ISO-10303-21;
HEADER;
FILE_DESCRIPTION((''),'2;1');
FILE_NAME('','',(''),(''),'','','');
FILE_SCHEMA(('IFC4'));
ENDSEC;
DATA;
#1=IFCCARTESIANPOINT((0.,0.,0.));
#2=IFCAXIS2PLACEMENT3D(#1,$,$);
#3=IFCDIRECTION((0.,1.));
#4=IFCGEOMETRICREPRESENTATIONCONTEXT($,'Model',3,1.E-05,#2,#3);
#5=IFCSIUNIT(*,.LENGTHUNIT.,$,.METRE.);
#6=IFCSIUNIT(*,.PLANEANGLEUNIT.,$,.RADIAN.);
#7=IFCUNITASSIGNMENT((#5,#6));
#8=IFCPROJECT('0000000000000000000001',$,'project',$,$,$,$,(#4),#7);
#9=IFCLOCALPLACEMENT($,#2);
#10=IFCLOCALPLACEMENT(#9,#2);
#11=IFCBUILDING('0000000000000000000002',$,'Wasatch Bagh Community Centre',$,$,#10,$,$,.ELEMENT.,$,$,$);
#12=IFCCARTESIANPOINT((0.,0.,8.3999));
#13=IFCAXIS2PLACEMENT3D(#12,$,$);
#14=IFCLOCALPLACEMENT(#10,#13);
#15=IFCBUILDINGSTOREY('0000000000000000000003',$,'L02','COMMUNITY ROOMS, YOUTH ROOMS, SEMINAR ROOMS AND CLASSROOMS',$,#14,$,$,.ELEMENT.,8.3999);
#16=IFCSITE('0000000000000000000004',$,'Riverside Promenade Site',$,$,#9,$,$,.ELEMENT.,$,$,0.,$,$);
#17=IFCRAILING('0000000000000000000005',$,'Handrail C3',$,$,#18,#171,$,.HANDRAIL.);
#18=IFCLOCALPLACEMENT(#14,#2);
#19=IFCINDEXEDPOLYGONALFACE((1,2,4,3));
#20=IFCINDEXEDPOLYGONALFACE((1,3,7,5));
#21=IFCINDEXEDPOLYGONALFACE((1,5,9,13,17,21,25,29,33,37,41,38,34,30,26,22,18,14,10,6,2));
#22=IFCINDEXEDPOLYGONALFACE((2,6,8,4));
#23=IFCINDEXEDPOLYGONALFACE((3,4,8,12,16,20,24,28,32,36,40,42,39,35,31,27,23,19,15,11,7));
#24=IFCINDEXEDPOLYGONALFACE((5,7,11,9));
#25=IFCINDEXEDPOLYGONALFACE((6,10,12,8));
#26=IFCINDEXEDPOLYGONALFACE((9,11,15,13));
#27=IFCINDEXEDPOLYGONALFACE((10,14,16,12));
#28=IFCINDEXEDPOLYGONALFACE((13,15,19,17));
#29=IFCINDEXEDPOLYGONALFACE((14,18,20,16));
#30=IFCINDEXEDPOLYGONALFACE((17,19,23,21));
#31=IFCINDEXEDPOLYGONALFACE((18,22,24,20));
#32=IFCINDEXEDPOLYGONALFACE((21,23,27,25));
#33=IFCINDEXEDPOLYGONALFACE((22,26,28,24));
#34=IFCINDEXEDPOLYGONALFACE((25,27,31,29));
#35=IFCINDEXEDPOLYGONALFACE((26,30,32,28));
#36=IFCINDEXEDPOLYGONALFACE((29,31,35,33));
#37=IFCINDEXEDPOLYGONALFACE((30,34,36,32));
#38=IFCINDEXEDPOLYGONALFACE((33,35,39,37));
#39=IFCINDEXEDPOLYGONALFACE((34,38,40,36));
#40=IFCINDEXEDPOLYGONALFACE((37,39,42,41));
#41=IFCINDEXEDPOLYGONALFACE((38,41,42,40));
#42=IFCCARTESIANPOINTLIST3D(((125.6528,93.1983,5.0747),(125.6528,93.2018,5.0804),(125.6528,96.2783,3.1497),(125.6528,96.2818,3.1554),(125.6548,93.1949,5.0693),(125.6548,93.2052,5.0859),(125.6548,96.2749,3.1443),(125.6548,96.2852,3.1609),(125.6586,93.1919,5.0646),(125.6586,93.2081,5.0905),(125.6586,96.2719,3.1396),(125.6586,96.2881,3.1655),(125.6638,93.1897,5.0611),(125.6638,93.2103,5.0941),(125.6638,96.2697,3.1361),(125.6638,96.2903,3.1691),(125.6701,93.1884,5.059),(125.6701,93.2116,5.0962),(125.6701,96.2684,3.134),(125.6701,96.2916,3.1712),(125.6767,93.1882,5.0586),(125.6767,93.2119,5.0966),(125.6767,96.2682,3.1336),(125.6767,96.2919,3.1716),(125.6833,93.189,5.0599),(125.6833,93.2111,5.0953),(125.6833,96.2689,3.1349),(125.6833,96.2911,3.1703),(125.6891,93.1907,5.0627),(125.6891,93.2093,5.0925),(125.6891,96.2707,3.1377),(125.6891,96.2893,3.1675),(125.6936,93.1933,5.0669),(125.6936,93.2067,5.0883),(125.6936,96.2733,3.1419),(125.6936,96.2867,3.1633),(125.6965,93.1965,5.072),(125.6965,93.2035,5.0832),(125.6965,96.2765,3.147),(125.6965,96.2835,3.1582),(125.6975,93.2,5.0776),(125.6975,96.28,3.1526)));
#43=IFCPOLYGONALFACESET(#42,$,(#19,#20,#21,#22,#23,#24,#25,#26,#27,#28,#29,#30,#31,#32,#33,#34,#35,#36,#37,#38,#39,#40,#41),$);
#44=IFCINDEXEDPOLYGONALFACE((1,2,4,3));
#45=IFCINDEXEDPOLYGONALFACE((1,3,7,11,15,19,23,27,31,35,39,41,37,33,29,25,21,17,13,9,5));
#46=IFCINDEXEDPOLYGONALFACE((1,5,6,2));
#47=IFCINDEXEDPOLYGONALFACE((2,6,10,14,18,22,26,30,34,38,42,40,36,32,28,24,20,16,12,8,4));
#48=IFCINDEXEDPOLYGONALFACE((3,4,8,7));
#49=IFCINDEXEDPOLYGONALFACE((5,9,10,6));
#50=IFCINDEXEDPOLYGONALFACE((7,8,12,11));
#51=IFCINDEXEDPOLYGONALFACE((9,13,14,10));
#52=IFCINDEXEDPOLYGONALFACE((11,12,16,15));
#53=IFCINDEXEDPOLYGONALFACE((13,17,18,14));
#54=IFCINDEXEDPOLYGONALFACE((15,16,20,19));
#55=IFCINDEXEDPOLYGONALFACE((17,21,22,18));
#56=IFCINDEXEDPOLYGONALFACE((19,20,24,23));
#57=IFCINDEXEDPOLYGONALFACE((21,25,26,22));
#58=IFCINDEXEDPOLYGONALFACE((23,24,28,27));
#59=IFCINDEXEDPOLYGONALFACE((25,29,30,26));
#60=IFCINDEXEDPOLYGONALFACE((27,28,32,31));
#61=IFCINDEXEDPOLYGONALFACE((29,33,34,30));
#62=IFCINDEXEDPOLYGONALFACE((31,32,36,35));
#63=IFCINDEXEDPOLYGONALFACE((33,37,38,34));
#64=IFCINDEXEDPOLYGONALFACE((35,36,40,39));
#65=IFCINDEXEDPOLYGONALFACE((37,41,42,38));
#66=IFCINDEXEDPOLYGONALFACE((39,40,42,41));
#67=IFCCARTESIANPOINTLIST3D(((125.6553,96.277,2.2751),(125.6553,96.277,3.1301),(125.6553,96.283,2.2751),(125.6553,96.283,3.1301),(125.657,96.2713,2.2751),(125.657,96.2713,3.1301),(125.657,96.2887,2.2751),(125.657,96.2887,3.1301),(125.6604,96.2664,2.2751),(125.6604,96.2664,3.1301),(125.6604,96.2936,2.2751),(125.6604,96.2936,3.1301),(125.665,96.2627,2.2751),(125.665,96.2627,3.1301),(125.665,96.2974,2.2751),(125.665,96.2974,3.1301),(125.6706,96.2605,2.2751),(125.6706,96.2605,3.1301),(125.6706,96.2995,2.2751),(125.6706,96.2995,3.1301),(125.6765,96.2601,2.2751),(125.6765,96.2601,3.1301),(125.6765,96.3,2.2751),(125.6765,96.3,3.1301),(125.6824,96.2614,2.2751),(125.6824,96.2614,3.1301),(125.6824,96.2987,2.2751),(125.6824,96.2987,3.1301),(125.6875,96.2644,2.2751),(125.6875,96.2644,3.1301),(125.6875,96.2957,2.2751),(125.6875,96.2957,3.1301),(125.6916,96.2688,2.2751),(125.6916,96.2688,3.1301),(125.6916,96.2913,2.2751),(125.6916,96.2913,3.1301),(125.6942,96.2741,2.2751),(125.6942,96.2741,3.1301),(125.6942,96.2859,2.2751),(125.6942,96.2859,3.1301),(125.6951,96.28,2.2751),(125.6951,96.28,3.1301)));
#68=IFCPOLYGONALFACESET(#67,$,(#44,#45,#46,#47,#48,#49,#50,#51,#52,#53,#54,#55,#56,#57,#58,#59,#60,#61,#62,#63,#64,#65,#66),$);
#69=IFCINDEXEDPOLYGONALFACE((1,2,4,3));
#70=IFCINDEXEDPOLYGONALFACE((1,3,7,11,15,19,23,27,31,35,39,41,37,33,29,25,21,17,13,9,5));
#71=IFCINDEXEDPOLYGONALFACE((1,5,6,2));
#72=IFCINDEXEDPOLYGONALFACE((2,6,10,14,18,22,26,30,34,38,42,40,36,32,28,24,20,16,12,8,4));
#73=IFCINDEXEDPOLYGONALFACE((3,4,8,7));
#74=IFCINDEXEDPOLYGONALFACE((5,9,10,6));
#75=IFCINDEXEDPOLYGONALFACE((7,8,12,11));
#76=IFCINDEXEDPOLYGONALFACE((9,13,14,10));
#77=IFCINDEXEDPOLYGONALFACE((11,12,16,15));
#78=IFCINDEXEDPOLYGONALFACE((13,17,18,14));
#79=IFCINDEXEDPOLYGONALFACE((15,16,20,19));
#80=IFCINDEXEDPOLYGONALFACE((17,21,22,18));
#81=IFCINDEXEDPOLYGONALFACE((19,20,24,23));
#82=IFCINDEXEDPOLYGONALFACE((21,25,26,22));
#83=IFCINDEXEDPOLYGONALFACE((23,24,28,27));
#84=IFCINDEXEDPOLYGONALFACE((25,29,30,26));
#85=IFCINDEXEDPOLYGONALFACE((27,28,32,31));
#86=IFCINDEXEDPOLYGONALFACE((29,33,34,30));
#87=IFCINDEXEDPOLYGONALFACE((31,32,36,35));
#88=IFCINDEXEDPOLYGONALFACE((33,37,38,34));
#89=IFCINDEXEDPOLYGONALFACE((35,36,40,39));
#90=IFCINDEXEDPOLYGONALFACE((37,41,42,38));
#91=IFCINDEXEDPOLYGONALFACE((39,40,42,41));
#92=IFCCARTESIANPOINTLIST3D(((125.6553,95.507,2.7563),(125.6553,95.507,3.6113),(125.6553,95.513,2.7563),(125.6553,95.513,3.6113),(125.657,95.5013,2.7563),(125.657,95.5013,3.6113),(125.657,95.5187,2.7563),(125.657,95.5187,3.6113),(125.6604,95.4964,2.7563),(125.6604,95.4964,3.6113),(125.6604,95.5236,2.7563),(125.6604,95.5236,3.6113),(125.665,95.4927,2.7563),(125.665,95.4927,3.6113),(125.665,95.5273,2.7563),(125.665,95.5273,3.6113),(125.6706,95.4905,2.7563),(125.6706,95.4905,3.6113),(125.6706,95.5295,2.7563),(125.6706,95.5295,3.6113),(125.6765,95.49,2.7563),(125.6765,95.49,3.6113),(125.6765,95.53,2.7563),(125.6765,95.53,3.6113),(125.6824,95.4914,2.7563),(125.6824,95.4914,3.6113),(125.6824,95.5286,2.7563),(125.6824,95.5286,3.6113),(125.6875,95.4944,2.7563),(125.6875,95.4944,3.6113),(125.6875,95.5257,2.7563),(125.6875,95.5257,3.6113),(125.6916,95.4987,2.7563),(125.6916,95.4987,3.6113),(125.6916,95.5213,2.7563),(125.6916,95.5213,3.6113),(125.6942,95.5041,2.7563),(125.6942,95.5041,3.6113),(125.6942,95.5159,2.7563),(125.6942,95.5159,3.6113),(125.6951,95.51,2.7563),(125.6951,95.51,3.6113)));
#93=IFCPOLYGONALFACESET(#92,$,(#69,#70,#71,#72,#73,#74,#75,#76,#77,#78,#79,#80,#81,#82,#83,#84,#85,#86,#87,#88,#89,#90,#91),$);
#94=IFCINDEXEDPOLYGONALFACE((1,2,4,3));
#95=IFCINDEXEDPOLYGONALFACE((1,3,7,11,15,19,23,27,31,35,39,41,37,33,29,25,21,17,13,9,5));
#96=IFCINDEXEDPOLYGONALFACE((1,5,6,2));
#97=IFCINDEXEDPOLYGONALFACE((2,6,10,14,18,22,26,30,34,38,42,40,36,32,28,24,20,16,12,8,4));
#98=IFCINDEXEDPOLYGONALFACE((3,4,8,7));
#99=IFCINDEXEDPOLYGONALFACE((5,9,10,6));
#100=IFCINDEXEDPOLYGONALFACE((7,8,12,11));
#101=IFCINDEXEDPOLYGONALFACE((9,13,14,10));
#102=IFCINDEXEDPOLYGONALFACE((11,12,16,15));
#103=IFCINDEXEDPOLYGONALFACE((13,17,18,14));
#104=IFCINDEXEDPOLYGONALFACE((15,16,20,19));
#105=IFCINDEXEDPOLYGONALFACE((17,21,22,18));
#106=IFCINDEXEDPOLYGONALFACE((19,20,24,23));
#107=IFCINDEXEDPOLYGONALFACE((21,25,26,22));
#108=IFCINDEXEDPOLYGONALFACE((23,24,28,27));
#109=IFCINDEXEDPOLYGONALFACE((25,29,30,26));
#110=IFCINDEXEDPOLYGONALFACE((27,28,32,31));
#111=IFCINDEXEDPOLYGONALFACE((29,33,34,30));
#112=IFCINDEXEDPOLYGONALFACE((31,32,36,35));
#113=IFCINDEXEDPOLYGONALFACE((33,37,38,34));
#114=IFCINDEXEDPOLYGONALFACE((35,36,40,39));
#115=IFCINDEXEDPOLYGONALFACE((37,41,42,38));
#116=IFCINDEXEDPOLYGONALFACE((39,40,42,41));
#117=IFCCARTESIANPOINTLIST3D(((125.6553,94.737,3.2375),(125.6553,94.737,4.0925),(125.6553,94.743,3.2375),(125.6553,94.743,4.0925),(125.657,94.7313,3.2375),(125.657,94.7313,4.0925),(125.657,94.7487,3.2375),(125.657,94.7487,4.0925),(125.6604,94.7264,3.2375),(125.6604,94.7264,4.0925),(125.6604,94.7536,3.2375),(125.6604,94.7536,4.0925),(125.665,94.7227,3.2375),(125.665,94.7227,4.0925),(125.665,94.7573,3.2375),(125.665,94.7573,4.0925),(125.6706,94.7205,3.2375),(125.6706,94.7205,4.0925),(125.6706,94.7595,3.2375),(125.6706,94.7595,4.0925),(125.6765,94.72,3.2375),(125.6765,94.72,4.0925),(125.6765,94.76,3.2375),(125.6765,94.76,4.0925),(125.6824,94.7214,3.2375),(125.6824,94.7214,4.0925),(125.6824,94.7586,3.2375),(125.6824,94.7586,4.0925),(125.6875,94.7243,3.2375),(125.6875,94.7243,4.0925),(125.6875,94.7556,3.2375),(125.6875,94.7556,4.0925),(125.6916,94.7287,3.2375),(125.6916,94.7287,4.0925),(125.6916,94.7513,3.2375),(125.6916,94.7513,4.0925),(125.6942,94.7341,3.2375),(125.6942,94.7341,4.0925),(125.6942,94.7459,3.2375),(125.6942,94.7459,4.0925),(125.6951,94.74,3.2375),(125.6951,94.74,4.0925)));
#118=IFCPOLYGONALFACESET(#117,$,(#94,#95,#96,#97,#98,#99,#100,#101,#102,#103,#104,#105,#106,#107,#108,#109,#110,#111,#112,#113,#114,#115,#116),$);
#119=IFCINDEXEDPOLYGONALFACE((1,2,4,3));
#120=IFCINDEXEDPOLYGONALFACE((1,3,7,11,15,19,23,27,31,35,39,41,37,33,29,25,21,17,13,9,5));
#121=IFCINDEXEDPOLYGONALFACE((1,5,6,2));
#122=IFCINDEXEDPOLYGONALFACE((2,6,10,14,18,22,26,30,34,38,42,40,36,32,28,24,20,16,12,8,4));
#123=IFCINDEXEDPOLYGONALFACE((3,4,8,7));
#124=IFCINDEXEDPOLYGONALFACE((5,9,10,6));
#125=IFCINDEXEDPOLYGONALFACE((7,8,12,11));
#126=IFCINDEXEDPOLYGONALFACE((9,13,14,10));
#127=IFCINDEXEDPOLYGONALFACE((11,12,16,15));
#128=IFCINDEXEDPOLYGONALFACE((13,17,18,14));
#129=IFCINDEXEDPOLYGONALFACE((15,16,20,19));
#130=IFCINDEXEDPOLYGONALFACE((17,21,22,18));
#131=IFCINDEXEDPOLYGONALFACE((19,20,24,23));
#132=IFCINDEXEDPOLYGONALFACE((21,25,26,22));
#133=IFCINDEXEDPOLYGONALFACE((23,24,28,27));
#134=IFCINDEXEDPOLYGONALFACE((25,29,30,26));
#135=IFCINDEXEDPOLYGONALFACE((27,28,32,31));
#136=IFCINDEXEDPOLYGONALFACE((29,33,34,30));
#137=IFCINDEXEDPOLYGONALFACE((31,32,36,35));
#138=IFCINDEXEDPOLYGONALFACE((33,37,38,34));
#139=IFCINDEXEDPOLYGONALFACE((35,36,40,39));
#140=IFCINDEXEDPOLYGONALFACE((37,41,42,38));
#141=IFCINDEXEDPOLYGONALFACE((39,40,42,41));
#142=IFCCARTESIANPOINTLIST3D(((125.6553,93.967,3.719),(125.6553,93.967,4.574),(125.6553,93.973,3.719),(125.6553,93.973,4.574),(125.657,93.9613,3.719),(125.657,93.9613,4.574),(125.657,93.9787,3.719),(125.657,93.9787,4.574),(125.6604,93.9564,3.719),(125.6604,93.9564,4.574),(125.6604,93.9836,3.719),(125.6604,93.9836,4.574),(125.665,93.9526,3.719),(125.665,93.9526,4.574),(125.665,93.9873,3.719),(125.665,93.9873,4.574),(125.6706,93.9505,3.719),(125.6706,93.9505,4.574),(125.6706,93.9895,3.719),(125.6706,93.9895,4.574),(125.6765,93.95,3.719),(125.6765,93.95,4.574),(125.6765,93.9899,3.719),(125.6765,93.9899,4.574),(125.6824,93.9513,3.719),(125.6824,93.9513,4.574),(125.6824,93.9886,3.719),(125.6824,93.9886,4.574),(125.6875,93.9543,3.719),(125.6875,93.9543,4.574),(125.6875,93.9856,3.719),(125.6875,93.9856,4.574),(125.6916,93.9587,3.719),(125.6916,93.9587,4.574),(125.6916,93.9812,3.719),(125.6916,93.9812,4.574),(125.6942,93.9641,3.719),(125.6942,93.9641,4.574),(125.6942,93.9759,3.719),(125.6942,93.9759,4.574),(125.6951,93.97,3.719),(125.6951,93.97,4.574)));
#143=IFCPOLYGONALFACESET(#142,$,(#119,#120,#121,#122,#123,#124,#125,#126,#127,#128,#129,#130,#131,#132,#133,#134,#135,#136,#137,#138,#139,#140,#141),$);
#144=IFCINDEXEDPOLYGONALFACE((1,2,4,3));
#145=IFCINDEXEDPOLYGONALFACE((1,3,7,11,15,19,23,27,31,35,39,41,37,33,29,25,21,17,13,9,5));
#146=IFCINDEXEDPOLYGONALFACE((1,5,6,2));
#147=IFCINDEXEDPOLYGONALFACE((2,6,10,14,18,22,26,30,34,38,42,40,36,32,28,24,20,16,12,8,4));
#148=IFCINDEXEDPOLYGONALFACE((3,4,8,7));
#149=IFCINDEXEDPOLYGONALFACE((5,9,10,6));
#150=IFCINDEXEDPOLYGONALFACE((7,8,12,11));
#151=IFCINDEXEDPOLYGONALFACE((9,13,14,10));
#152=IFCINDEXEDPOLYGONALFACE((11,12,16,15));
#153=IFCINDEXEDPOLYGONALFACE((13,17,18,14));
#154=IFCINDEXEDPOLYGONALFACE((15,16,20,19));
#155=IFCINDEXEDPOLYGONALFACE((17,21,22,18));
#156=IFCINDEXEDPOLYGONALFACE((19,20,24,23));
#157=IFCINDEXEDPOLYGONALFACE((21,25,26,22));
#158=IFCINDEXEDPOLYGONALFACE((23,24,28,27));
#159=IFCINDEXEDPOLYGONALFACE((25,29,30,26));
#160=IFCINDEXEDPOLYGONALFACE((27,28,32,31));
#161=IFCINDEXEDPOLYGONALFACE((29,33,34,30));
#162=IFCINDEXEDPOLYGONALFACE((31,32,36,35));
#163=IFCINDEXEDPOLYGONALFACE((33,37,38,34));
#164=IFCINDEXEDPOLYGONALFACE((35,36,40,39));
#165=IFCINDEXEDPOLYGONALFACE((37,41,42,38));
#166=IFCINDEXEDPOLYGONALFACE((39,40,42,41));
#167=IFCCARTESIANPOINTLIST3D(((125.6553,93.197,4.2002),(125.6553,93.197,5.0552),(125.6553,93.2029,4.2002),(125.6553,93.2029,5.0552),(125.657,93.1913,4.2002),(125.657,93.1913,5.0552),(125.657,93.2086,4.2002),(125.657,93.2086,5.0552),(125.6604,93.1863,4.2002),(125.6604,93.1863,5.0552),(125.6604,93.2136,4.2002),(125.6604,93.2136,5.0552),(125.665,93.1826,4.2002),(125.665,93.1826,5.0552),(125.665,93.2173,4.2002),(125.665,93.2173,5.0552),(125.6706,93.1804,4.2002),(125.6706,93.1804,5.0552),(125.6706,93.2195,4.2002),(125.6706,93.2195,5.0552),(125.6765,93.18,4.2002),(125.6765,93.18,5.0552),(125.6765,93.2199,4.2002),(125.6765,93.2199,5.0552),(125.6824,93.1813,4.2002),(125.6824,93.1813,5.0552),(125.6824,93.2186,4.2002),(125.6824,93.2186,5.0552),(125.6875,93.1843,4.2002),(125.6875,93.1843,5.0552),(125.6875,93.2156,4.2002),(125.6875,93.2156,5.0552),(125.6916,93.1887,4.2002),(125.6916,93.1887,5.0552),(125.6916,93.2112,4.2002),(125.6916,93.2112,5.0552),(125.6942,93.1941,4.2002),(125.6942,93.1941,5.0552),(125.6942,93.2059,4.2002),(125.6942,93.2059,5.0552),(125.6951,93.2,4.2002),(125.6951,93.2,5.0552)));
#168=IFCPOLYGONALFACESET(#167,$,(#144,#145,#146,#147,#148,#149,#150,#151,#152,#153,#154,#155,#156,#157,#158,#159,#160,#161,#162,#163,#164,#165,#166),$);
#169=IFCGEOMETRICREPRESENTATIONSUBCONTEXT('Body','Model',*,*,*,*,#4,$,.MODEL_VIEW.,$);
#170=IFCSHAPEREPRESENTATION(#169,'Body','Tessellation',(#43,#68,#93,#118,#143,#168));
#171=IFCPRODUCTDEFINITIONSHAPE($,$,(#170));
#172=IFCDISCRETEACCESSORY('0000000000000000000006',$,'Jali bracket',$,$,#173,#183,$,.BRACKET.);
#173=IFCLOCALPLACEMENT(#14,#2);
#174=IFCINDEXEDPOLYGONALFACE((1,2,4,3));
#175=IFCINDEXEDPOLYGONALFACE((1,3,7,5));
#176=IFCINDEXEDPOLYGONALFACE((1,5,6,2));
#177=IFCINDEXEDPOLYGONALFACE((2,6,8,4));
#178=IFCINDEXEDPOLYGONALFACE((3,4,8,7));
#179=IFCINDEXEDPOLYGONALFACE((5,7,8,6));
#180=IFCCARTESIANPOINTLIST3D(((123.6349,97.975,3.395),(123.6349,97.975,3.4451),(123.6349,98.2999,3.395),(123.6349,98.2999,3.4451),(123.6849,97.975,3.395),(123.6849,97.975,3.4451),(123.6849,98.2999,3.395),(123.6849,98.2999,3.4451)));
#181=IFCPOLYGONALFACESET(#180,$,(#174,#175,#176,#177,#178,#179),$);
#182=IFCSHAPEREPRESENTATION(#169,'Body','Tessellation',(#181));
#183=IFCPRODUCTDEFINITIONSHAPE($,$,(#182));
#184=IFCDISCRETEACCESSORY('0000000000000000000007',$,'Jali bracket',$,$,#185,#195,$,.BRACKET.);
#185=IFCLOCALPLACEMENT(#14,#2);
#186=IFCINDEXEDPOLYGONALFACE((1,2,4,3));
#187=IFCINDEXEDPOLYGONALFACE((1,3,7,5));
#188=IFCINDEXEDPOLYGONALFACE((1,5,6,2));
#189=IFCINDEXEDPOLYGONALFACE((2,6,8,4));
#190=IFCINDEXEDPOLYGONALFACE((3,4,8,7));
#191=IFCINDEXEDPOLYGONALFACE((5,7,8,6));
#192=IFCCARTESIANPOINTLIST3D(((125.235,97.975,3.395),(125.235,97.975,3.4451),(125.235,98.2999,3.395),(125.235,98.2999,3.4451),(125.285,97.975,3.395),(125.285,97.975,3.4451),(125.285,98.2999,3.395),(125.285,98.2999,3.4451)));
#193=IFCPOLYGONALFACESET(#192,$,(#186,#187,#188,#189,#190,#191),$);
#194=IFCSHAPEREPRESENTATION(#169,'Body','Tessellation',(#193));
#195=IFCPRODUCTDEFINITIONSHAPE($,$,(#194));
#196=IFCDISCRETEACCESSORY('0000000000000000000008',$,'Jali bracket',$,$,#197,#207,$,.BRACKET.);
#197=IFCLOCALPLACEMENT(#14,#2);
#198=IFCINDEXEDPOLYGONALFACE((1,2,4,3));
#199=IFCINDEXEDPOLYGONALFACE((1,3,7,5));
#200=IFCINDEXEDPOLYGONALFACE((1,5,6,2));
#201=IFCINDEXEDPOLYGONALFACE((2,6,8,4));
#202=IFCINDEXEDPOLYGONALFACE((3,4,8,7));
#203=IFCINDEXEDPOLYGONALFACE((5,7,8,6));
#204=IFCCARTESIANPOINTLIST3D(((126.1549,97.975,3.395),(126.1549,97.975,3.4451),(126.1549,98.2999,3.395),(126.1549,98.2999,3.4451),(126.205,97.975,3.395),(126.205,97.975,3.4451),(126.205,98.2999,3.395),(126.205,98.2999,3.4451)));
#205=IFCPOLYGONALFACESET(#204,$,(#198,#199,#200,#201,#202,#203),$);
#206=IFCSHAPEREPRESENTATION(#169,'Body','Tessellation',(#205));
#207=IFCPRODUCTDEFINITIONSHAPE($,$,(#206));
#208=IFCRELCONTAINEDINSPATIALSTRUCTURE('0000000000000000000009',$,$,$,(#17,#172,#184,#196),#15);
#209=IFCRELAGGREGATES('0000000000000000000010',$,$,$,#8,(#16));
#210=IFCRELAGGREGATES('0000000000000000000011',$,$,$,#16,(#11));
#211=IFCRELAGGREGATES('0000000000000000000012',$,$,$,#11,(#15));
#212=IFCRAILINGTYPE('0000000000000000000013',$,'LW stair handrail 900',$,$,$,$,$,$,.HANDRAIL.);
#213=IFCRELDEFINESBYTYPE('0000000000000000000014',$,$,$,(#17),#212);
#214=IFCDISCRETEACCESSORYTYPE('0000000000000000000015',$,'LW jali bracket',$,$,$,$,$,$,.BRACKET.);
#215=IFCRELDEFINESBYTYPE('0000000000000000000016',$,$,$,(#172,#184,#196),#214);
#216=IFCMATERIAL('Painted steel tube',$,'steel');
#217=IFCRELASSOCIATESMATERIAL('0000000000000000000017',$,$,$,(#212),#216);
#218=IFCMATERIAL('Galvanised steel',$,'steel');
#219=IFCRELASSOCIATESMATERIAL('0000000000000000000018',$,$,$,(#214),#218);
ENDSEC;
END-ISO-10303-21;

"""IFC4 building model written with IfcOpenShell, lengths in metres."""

from ifc_helpers import new_model, si_unit, direction, frame, origin, origin_2d, place, context, subcontext, project, spatial, rectangle, circle, extrude, material, type_object, element, save


model = new_model("IFC4")

# Units and contexts
model_context = context("Model", 3, precision=1e-05, world=origin(), true_north=direction((0.0, 1.0)))
body_context = subcontext(model_context, "Body", "Model", "MODEL_VIEW")
ifc_project = project(units=[si_unit("LENGTHUNIT", "METRE"), si_unit("PLANEANGLEUNIT", "RADIAN")], contexts=[model_context])

# Site, building, storey
site_placement = place(None, origin())
site = spatial("IfcSite", under=ifc_project, at=site_placement, Name="Riverside Promenade Site", CompositionType="ELEMENT", RefElevation=0.0)
building_placement = place(site_placement, origin())
building = spatial("IfcBuilding", under=site, at=building_placement, Name="Wasatch Bagh Community Centre", CompositionType="ELEMENT")
storey_placement = place(building_placement, frame((0.0, 0.0, 8.3999)))
storey = spatial("IfcBuildingStorey", under=building, at=storey_placement, Name="L02", Description="COMMUNITY ROOMS, YOUTH ROOMS, SEMINAR ROOMS AND CLASSROOMS", CompositionType="ELEMENT", Elevation=8.3999)

# Railing
ifc_material_1 = material(Name="Painted steel tube", Category="steel")
railing_type_1 = type_object("IfcRailingType", Name="LW stair handrail 900", PredefinedType="HANDRAIL", material=ifc_material_1)
for number, where, name in (
    (1, (125.675, 96.28, 2.2751), "Handrail C3"),
):
    element("IfcRailing", number, at=place(storey_placement, frame(where)), inside=storey, type_object=railing_type_1, Name=name, PredefinedType="HANDRAIL", context=body_context, shape_type="SweptSolid", body=[
        extrude(circle(Radius=0.0225, at=origin_2d()), frame((0.0, 0.0, 0.8774), z_axis=(0.0, -0.847998, 0.529999), x_axis=(1.0, 0.0, 0.0)), (0.0, 0.0, 1.0), 3.6321),
        extrude(circle(Radius=0.02, at=origin_2d()), origin(), (0.0, 0.0, 1.0), 0.855),
        extrude(circle(Radius=0.02, at=origin_2d()), frame((0.0, -0.77, 0.4812)), (0.0, 0.0, 1.0), 0.855),
        extrude(circle(Radius=0.02, at=origin_2d()), frame((0.0, -1.54, 0.9624)), (0.0, 0.0, 1.0), 0.855),
        extrude(circle(Radius=0.02, at=origin_2d()), frame((0.0, -2.3101, 1.4438)), (0.0, 0.0, 1.0), 0.855),
        extrude(circle(Radius=0.02, at=origin_2d()), frame((0.0, -3.0801, 1.925)), (0.0, 0.0, 1.0), 0.855),
    ])

# Discrete accessories
ifc_material_2 = material(Name="Galvanised steel", Category="steel")
discrete_accessory_type = type_object("IfcDiscreteAccessoryType", Name="LW jali bracket", PredefinedType="BRACKET", material=ifc_material_2)
for number, where, z_axis, x_axis, name in (
    (2, (123.6599, 98.1375, 3.395), (0.0, 0.0, 1.0), (1.0, 0.0, 0.0), "Jali bracket"),
    (3, (125.26, 98.1375, 3.395), (0.0, 0.0, 1.0), (1.0, 0.0, 0.0), "Jali bracket"),
    (4, (126.1799, 98.1375, 3.395), (0.0, 0.0, 1.0), (1.0, 0.0, 0.0), "Jali bracket"),
):
    element("IfcDiscreteAccessory", number, at=place(storey_placement, frame(where, z_axis=z_axis, x_axis=x_axis)), inside=storey, type_object=discrete_accessory_type, Name=name, PredefinedType="BRACKET", context=body_context, shape_type="SweptSolid", body=[
        extrude(rectangle(XDim=0.05, YDim=0.325, at=origin_2d()), origin(), (0.0, 0.0, 1.0), 0.05),
    ])

save(model, "model.ifc")
